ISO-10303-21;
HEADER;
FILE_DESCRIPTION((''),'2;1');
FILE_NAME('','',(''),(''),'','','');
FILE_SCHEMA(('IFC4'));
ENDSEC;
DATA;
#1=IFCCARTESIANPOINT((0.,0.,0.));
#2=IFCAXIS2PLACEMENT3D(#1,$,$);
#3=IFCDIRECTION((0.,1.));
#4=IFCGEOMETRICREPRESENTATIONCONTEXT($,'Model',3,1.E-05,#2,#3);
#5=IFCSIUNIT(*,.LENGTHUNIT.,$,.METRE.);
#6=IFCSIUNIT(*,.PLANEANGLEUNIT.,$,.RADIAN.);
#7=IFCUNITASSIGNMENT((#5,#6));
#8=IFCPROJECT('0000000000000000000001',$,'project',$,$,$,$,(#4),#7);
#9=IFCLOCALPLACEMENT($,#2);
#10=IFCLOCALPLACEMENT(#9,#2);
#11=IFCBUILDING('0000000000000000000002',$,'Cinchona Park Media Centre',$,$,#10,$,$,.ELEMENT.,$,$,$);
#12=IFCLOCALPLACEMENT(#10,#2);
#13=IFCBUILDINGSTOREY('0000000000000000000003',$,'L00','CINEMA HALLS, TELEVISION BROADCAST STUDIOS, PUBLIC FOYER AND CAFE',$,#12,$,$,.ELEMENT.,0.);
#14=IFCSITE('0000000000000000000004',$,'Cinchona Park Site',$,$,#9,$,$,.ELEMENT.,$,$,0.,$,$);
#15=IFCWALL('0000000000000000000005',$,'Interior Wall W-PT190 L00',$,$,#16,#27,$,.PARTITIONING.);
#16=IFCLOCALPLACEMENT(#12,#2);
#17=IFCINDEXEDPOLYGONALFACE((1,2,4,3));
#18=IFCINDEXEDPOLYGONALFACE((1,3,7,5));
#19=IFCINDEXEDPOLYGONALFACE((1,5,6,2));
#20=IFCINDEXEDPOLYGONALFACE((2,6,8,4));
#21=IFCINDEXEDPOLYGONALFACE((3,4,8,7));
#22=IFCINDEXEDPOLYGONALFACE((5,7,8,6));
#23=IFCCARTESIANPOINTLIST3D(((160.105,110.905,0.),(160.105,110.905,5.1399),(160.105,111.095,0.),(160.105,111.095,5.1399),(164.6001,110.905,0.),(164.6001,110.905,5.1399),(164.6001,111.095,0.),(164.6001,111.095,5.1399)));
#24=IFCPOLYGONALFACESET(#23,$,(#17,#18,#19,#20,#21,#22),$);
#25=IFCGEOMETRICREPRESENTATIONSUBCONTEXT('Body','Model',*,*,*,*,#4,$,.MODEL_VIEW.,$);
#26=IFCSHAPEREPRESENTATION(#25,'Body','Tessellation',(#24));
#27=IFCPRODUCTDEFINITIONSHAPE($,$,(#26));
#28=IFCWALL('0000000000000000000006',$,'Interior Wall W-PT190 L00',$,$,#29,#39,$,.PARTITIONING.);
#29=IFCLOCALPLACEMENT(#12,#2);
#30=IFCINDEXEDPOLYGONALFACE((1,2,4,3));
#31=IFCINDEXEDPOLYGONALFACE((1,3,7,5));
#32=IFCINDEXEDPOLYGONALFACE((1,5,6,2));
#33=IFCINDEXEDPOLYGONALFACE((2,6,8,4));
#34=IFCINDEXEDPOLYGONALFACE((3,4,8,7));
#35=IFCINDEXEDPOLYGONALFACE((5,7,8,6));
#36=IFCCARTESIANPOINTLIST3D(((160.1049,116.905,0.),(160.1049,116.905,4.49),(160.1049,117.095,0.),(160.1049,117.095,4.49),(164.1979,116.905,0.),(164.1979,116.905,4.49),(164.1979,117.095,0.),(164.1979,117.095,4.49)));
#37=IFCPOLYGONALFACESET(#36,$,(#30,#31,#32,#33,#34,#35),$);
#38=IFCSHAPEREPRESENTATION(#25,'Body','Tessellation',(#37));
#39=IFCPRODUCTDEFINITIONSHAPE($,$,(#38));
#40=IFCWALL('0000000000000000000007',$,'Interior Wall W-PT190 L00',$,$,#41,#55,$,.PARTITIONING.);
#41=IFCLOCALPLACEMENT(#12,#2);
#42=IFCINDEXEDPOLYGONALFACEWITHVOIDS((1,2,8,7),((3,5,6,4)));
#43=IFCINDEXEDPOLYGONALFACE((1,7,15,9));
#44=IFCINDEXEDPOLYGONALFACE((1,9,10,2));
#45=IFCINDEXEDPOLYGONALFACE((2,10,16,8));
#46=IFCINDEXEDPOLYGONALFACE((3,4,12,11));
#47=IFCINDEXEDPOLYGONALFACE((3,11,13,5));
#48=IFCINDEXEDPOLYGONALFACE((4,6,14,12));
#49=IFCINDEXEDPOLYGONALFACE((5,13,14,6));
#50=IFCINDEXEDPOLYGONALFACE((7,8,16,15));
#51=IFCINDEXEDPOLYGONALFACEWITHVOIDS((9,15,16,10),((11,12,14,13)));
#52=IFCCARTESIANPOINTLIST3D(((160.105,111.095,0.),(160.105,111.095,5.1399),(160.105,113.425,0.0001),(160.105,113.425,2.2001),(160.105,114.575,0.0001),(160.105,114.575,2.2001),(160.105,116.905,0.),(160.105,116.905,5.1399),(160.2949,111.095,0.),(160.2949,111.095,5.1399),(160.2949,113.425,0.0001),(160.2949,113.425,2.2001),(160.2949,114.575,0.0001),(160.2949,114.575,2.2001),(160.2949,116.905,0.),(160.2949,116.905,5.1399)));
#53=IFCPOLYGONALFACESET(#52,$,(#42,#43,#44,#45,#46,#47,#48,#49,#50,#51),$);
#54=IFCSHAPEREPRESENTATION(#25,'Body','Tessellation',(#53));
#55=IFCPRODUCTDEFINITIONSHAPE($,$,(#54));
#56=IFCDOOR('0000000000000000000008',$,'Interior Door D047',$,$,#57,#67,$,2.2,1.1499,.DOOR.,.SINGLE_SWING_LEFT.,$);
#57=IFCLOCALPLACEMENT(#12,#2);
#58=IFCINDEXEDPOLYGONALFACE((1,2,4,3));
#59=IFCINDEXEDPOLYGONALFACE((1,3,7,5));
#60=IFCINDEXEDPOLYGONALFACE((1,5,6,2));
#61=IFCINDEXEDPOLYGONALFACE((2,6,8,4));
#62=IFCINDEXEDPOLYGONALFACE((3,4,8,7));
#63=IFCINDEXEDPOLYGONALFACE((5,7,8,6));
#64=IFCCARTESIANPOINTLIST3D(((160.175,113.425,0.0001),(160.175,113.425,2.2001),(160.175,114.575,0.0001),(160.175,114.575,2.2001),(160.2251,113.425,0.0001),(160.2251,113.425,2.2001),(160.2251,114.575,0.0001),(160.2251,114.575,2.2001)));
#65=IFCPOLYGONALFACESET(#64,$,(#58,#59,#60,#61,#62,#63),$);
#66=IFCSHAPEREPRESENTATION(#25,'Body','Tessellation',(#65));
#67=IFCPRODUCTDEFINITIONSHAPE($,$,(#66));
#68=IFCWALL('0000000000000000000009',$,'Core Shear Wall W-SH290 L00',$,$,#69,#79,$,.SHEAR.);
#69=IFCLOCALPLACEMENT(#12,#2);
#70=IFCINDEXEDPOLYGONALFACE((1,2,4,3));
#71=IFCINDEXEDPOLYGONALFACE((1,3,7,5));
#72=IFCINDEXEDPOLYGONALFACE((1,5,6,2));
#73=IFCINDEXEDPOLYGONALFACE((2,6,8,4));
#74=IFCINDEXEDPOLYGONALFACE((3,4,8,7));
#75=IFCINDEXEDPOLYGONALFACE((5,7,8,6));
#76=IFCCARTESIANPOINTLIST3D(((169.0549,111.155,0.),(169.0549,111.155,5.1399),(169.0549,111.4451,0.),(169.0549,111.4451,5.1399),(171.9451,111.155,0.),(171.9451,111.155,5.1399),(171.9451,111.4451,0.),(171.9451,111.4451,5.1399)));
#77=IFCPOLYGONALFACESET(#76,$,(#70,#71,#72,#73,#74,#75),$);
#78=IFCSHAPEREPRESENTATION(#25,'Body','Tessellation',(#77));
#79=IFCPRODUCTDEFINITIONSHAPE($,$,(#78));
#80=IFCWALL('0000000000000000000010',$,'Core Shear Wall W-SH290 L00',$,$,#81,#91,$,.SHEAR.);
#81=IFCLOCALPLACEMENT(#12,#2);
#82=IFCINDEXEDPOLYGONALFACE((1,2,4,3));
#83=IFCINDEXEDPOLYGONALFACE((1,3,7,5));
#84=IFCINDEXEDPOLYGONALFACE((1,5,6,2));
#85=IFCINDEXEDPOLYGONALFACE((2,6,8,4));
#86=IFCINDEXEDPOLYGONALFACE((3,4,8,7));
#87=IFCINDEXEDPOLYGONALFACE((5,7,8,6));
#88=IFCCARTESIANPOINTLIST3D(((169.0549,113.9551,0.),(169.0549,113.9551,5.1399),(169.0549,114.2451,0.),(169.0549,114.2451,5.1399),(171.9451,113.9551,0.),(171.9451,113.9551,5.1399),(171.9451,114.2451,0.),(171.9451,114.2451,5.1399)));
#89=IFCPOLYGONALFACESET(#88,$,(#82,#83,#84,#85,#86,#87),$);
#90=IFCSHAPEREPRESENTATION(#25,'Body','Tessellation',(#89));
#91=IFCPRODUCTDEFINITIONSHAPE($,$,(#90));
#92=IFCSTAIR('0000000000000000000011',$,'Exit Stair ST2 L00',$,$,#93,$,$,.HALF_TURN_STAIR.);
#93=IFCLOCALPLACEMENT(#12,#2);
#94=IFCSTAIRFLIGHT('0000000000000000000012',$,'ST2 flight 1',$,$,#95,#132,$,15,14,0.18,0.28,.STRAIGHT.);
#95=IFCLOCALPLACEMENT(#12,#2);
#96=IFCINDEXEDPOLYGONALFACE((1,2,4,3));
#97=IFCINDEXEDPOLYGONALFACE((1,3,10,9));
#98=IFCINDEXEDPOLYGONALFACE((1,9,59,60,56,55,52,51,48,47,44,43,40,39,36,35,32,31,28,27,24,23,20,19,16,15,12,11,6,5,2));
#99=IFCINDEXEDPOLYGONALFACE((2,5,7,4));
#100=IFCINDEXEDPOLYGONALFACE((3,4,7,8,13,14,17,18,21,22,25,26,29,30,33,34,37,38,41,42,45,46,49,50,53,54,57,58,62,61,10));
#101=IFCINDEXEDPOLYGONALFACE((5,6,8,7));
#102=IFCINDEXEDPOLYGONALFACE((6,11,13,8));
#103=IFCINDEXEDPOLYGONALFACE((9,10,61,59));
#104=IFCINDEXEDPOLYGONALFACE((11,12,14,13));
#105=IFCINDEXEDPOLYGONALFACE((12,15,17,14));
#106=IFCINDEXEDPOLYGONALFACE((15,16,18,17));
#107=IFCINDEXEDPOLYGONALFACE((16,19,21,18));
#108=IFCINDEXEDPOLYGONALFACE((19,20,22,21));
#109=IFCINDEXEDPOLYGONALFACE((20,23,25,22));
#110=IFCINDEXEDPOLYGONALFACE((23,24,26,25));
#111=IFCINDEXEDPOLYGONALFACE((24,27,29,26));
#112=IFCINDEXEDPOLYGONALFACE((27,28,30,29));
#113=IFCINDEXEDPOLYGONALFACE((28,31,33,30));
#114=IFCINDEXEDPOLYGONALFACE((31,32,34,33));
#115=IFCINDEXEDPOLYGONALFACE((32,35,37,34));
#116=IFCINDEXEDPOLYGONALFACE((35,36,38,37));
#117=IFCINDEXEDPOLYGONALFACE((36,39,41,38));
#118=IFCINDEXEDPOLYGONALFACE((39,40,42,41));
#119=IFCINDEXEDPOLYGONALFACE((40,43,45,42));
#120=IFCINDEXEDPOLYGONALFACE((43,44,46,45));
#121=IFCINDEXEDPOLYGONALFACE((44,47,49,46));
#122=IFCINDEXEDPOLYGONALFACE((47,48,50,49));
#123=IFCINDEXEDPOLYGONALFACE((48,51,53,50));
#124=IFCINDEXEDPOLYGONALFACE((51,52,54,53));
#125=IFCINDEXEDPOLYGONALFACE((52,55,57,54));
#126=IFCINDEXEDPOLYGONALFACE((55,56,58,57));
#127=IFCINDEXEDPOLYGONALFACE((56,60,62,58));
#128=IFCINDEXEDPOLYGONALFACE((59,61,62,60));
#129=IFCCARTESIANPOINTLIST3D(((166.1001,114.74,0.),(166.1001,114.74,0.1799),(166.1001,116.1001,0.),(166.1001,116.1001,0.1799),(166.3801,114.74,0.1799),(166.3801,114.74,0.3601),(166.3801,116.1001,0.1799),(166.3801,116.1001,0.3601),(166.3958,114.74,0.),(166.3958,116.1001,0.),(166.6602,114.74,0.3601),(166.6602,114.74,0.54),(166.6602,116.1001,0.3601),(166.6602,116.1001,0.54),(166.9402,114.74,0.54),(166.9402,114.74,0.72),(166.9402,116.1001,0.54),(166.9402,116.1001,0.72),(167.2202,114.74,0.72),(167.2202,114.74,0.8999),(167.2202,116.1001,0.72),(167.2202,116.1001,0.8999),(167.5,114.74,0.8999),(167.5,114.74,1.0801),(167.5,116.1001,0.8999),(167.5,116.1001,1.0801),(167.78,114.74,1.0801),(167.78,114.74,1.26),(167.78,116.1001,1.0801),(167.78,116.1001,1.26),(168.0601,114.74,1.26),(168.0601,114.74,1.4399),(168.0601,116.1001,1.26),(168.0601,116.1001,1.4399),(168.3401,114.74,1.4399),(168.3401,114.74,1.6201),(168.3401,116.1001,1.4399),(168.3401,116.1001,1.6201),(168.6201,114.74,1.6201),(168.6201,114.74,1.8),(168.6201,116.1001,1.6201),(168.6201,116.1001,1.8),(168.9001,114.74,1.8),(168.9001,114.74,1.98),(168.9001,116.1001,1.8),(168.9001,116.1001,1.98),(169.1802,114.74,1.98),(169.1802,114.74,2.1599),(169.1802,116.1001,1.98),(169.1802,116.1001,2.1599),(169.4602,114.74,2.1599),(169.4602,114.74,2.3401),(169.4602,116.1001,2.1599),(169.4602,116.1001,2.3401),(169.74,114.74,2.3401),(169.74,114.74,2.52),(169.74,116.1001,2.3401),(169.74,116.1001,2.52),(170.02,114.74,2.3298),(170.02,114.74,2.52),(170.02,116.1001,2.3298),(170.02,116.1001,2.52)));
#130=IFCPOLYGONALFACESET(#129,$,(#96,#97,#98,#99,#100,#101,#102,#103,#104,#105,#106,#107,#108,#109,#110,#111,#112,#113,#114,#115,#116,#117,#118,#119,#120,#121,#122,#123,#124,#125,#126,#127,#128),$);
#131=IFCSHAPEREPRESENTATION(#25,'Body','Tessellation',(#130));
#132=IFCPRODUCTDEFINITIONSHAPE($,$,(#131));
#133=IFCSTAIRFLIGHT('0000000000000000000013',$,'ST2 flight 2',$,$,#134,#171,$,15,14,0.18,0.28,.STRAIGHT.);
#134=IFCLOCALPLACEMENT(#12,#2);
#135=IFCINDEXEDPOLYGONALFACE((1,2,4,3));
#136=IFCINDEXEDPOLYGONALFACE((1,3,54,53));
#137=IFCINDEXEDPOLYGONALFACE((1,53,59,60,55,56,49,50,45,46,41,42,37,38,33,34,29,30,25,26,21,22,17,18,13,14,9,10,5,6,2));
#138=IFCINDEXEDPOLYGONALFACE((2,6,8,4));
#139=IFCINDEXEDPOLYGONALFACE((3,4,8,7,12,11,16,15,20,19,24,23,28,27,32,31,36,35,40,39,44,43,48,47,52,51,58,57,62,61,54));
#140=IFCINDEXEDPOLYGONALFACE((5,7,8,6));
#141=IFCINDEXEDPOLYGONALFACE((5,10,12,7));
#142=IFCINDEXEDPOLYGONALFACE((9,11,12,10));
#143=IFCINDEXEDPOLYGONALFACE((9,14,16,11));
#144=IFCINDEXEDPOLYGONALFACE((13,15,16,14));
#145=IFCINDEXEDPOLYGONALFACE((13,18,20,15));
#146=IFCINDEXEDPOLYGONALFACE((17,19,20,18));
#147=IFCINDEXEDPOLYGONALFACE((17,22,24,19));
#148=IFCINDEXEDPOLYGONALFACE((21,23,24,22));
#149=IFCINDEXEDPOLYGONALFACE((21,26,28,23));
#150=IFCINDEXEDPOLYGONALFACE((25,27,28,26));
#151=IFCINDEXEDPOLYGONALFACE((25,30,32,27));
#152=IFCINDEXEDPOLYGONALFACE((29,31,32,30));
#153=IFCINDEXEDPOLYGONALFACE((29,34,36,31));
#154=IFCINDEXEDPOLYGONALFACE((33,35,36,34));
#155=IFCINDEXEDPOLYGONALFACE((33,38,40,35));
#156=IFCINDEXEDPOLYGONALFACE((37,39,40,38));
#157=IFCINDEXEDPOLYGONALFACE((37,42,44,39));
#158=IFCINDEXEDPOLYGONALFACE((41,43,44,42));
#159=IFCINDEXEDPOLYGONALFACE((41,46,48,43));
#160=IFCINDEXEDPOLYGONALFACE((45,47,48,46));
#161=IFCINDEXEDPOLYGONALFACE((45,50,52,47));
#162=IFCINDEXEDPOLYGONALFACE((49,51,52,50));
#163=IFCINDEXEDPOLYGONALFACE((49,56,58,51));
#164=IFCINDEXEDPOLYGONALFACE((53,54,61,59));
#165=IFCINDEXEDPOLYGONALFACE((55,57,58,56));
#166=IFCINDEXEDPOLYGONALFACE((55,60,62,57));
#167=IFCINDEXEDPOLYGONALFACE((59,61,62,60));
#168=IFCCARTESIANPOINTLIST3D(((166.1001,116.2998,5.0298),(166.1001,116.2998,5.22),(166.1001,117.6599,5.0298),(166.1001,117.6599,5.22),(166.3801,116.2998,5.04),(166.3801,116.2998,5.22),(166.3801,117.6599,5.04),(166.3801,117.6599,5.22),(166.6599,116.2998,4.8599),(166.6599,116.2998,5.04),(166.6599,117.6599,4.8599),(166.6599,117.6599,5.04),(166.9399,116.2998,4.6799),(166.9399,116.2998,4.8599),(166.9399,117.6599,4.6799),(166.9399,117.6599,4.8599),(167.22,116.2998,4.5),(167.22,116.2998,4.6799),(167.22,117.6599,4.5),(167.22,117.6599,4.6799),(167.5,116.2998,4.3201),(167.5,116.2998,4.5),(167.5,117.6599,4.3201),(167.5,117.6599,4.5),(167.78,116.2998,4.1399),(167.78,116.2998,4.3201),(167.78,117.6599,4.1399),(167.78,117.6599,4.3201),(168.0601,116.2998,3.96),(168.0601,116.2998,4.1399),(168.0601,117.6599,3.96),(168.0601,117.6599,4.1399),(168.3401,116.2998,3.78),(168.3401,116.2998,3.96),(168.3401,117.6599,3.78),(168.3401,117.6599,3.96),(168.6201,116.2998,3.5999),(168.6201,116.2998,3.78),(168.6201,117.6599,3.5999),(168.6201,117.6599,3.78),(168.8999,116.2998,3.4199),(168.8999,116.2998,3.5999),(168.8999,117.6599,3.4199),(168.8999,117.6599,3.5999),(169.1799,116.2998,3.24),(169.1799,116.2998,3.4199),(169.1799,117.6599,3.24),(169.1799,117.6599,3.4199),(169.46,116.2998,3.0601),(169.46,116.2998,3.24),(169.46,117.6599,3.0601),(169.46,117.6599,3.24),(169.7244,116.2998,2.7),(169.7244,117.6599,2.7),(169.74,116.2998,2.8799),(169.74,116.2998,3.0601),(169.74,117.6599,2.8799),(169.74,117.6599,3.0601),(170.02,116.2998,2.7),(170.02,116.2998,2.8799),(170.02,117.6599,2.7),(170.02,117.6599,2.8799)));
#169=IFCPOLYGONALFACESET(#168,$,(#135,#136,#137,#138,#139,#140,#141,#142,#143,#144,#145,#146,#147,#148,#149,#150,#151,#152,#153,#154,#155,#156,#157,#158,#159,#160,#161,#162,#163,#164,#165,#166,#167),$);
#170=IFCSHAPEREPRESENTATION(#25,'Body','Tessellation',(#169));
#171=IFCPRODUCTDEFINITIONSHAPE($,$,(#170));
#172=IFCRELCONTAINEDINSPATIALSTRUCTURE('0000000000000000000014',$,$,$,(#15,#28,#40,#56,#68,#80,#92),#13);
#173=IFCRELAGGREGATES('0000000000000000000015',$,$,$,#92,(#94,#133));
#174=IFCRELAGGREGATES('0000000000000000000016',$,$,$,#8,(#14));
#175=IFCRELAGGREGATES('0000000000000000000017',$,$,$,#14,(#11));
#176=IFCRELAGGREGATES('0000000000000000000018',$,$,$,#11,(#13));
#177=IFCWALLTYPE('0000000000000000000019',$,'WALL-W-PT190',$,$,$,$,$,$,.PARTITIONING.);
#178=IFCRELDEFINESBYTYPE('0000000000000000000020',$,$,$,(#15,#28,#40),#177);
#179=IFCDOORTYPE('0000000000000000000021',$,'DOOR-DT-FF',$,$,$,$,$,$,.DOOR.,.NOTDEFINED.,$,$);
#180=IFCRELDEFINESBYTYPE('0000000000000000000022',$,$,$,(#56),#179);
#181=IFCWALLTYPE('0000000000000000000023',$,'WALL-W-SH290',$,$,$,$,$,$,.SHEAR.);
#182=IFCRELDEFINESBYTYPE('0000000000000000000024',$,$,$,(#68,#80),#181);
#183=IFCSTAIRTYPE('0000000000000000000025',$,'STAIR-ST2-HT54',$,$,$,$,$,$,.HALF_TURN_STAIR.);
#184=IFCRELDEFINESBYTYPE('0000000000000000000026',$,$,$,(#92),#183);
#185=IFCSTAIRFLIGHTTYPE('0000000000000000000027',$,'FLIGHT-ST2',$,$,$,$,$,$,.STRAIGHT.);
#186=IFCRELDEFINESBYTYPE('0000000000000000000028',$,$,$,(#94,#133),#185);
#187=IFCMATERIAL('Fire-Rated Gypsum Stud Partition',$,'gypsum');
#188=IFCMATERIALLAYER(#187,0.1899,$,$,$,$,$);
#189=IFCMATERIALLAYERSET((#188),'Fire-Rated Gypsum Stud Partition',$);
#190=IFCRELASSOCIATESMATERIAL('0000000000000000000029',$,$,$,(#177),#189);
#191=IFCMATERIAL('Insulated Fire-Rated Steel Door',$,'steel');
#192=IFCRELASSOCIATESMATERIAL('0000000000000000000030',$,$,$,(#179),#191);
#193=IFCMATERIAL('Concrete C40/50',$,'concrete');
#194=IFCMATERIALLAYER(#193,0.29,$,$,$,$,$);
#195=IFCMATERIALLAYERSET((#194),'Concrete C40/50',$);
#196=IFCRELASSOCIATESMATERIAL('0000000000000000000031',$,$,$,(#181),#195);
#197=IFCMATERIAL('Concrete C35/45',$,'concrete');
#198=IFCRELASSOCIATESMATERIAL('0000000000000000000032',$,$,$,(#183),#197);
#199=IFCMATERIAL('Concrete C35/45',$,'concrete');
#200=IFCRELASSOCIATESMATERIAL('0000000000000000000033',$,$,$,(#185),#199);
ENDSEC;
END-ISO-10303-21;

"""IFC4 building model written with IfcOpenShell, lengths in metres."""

from ifc_helpers import new_model, si_unit, direction, frame, frame_2d, origin, place, context, subcontext, project, spatial, polyline, rectangle, outline, extrude, material, layer, layer_set, type_object, element, fill, aggregate, save


model = new_model("IFC4")

# Units and contexts
model_context = context("Model", 3, precision=1e-05, world=origin(), true_north=direction((0.0, 1.0)))
body_context = subcontext(model_context, "Body", "Model", "MODEL_VIEW")
ifc_project = project(units=[si_unit("LENGTHUNIT", "METRE"), si_unit("PLANEANGLEUNIT", "RADIAN")], contexts=[model_context])

# Site, building, storey
site_placement = place(None, origin())
site = spatial("IfcSite", under=ifc_project, at=site_placement, Name="Cinchona Park Site", CompositionType="ELEMENT", RefElevation=0.0)
building_placement = place(site_placement, origin())
building = spatial("IfcBuilding", under=site, at=building_placement, Name="Cinchona Park Media Centre", CompositionType="ELEMENT")
storey_placement = place(building_placement, origin())
storey = spatial("IfcBuildingStorey", under=building, at=storey_placement, Name="L00", Description="CINEMA HALLS, TELEVISION BROADCAST STUDIOS, PUBLIC FOYER AND CAFE", CompositionType="ELEMENT", Elevation=0.0)

# Walls
ifc_material_1 = material(Name="Fire-Rated Gypsum Stud Partition", Category="gypsum")
ifc_layer_1 = layer(ifc_material_1, 0.1899)
ifc_layer_set_1 = layer_set([ifc_layer_1], Name="Fire-Rated Gypsum Stud Partition")
wall_type_1 = type_object("IfcWallType", Name="WALL-W-PT190", PredefinedType="PARTITIONING", material=ifc_layer_set_1)
wall_1_placement = place(storey_placement, frame((160.105, 111.0, 0.0), z_axis=(0.0, 0.0, 1.0), x_axis=(1.0, 0.0, 0.0)))
element("IfcWall", 1, at=wall_1_placement, inside=storey, type_object=wall_type_1, Name="Interior Wall W-PT190 L00", PredefinedType="PARTITIONING", context=body_context, shape_type="SweptSolid", body=[
    extrude(rectangle(XDim=4.4951, YDim=0.1899, at=frame_2d((2.2476, 0.0))), origin(), (0.0, 0.0, 1.0), 5.1399),
])
wall_2_placement = place(storey_placement, frame((160.105, 117.0, 0.0), z_axis=(0.0, 0.0, 1.0), x_axis=(1.0, 0.0, 0.0)))
element("IfcWall", 2, at=wall_2_placement, inside=storey, type_object=wall_type_1, Name="Interior Wall W-PT190 L00", PredefinedType="PARTITIONING", context=body_context, shape_type="SweptSolid", body=[
    extrude(rectangle(XDim=4.093, YDim=0.1899, at=frame_2d((2.0464, 0.0))), origin(), (0.0, 0.0, 1.0), 4.49),
])

# Wall, opening, door
wall_3_placement = place(storey_placement, frame((160.2, 111.095, 0.0), z_axis=(0.0, 0.0, 1.0), x_axis=(0.0, 1.0, 0.0)))
wall_3 = element("IfcWall", 3, at=wall_3_placement, inside=storey, type_object=wall_type_1, Name="Interior Wall W-PT190 L00", PredefinedType="PARTITIONING", context=body_context, shape_type="SweptSolid", body=[
    extrude(rectangle(XDim=5.8101, YDim=0.1899, at=frame_2d((2.905, 0.0))), origin(), (0.0, 0.0, 1.0), 5.1399),
])
opening_1_placement = place(wall_3_placement, frame((2.3301, 0.0, 0.0)))
opening_1 = element("IfcOpeningElement", 4, at=opening_1_placement, cuts=wall_3, PredefinedType="OPENING", context=body_context, shape_type="SweptSolid", body=[
    extrude(rectangle(XDim=1.1499, YDim=2.2, at=frame_2d((0.575, 1.1001))), frame((0.0, 0.105, 0.0), z_axis=(0.0, -1.0, 0.0), x_axis=(1.0, 0.0, 0.0)), (0.0, 0.0, 1.0), 0.21),
])
ifc_material_2 = material(Name="Insulated Fire-Rated Steel Door", Category="steel")
door_type_1 = type_object("IfcDoorType", Name="DOOR-DT-FF", OperationType="NOTDEFINED", PredefinedType="DOOR", material=ifc_material_2)
door_1_placement = place(opening_1_placement, origin())
door_1 = element("IfcDoor", 5, at=door_1_placement, inside=storey, type_object=door_type_1, Name="Interior Door D047", OperationType="SINGLE_SWING_LEFT", OverallHeight=2.2, OverallWidth=1.1499, PredefinedType="DOOR", context=body_context, shape_type="SweptSolid", body=[
    extrude(rectangle(XDim=1.1499, YDim=2.2, at=frame_2d((0.575, 1.1001))), frame((0.0, 0.0249, 0.0), z_axis=(0.0, -1.0, 0.0), x_axis=(1.0, 0.0, 0.0)), (0.0, 0.0, 1.0), 0.05),
])
fill(opening_1, door_1)

# Walls
ifc_material_3 = material(Name="Concrete C40/50", Category="concrete")
ifc_layer_2 = layer(ifc_material_3, 0.29)
ifc_layer_set_2 = layer_set([ifc_layer_2], Name="Concrete C40/50")
wall_type_2 = type_object("IfcWallType", Name="WALL-W-SH290", PredefinedType="SHEAR", material=ifc_layer_set_2)
for number, where, z_axis, x_axis, name in (
    (6, (169.0549, 111.3, 0.0), (0.0, 0.0, 1.0), (1.0, 0.0, 0.0), "Core Shear Wall W-SH290 L00"),
    (7, (169.0549, 114.1001, 0.0), (0.0, 0.0, 1.0), (1.0, 0.0, 0.0), "Core Shear Wall W-SH290 L00"),
):
    element("IfcWall", number, at=place(storey_placement, frame(where, z_axis=z_axis, x_axis=x_axis)), inside=storey, type_object=wall_type_2, Name=name, PredefinedType="SHEAR", context=body_context, shape_type="SweptSolid", body=[
        extrude(rectangle(XDim=2.8901, YDim=0.29, at=frame_2d((1.4451, 0.0))), origin(), (0.0, 0.0, 1.0), 5.1399),
    ])

# Stair, stair flights
ifc_material_4 = material(Name="Concrete C35/45", Category="concrete")
stair_type = type_object("IfcStairType", Name="STAIR-ST2-HT54", PredefinedType="HALF_TURN_STAIR", material=ifc_material_4)
stair_placement = place(storey_placement, origin())
stair = element("IfcStair", 8, at=stair_placement, inside=storey, type_object=stair_type, Name="Exit Stair ST2 L00", PredefinedType="HALF_TURN_STAIR")
ifc_material_5 = material(Name="Concrete C35/45", Category="concrete")
stair_flight_type = type_object("IfcStairFlightType", Name="FLIGHT-ST2", PredefinedType="STRAIGHT", material=ifc_material_5)
stair_flight_1_placement = place(storey_placement, frame((166.1001, 115.4199, 0.0), z_axis=(0.0, 0.0, 1.0), x_axis=(1.0, 0.0, 0.0)))
stair_flight_1 = element("IfcStairFlight", 9, at=stair_flight_1_placement, type_object=stair_flight_type, Name="ST2 flight 1", NumberOfRisers=15, NumberOfTreads=14, PredefinedType="STRAIGHT", RiserHeight=0.18, TreadLength=0.28, context=body_context, shape_type="SweptSolid", body=[
    extrude(outline(polyline([(0.0, 0.0), (0.0, 0.1799), (0.28, 0.1799), (0.28, 0.3601), (0.5601, 0.3601), (0.5601, 0.54), (0.8401, 0.54), (0.8401, 0.72), (1.1201, 0.72), (1.1201, 0.8999), (1.3999, 0.8999), (1.3999, 1.0801), (1.6799, 1.0801), (1.6799, 1.26), (1.96, 1.26), (1.96, 1.4399), (2.24, 1.4399), (2.24, 1.6201), (2.52, 1.6201), (2.52, 1.8), (2.8, 1.8), (2.8, 1.98), (3.0801, 1.98), (3.0801, 2.1599), (3.3601, 2.1599), (3.3601, 2.3401), (3.6399, 2.3401), (3.6399, 2.52), (3.9199, 2.52), (3.9199, 2.7), (3.9199, 2.3298), (0.2957, 0.0), (0.0, 0.0)])), frame((0.0, 0.6802, 0.0), z_axis=(0.0, -1.0, 0.0), x_axis=(1.0, 0.0, 0.0)), (0.0, 0.0, 1.0), 1.3601),
])
stair_flight_2_placement = place(storey_placement, frame((170.02, 116.98, 2.7), z_axis=(0.0, 0.0, 1.0), x_axis=(-1.0, 0.0, 0.0)))
stair_flight_2 = element("IfcStairFlight", 10, at=stair_flight_2_placement, type_object=stair_flight_type, Name="ST2 flight 2", NumberOfRisers=15, NumberOfTreads=14, PredefinedType="STRAIGHT", RiserHeight=0.18, TreadLength=0.28, context=body_context, shape_type="SweptSolid", body=[
    extrude(outline(polyline([(0.0, 0.0), (0.0, 0.1799), (0.28, 0.1799), (0.28, 0.3601), (0.5601, 0.3601), (0.5601, 0.54), (0.8401, 0.54), (0.8401, 0.72), (1.1201, 0.72), (1.1201, 0.8999), (1.3999, 0.8999), (1.3999, 1.0801), (1.6799, 1.0801), (1.6799, 1.26), (1.96, 1.26), (1.96, 1.4399), (2.24, 1.4399), (2.24, 1.6201), (2.52, 1.6201), (2.52, 1.8), (2.8, 1.8), (2.8, 1.98), (3.0801, 1.98), (3.0801, 2.1599), (3.3601, 2.1599), (3.3601, 2.3401), (3.6399, 2.3401), (3.6399, 2.52), (3.9199, 2.52), (3.9199, 2.7), (3.9199, 2.3298), (0.2957, 0.0), (0.0, 0.0)])), frame((0.0, 0.6802, 0.0), z_axis=(0.0, -1.0, 0.0), x_axis=(1.0, 0.0, 0.0)), (0.0, 0.0, 1.0), 1.3601),
])
aggregate(stair, [stair_flight_1, stair_flight_2])

save(model, "model.ifc")
